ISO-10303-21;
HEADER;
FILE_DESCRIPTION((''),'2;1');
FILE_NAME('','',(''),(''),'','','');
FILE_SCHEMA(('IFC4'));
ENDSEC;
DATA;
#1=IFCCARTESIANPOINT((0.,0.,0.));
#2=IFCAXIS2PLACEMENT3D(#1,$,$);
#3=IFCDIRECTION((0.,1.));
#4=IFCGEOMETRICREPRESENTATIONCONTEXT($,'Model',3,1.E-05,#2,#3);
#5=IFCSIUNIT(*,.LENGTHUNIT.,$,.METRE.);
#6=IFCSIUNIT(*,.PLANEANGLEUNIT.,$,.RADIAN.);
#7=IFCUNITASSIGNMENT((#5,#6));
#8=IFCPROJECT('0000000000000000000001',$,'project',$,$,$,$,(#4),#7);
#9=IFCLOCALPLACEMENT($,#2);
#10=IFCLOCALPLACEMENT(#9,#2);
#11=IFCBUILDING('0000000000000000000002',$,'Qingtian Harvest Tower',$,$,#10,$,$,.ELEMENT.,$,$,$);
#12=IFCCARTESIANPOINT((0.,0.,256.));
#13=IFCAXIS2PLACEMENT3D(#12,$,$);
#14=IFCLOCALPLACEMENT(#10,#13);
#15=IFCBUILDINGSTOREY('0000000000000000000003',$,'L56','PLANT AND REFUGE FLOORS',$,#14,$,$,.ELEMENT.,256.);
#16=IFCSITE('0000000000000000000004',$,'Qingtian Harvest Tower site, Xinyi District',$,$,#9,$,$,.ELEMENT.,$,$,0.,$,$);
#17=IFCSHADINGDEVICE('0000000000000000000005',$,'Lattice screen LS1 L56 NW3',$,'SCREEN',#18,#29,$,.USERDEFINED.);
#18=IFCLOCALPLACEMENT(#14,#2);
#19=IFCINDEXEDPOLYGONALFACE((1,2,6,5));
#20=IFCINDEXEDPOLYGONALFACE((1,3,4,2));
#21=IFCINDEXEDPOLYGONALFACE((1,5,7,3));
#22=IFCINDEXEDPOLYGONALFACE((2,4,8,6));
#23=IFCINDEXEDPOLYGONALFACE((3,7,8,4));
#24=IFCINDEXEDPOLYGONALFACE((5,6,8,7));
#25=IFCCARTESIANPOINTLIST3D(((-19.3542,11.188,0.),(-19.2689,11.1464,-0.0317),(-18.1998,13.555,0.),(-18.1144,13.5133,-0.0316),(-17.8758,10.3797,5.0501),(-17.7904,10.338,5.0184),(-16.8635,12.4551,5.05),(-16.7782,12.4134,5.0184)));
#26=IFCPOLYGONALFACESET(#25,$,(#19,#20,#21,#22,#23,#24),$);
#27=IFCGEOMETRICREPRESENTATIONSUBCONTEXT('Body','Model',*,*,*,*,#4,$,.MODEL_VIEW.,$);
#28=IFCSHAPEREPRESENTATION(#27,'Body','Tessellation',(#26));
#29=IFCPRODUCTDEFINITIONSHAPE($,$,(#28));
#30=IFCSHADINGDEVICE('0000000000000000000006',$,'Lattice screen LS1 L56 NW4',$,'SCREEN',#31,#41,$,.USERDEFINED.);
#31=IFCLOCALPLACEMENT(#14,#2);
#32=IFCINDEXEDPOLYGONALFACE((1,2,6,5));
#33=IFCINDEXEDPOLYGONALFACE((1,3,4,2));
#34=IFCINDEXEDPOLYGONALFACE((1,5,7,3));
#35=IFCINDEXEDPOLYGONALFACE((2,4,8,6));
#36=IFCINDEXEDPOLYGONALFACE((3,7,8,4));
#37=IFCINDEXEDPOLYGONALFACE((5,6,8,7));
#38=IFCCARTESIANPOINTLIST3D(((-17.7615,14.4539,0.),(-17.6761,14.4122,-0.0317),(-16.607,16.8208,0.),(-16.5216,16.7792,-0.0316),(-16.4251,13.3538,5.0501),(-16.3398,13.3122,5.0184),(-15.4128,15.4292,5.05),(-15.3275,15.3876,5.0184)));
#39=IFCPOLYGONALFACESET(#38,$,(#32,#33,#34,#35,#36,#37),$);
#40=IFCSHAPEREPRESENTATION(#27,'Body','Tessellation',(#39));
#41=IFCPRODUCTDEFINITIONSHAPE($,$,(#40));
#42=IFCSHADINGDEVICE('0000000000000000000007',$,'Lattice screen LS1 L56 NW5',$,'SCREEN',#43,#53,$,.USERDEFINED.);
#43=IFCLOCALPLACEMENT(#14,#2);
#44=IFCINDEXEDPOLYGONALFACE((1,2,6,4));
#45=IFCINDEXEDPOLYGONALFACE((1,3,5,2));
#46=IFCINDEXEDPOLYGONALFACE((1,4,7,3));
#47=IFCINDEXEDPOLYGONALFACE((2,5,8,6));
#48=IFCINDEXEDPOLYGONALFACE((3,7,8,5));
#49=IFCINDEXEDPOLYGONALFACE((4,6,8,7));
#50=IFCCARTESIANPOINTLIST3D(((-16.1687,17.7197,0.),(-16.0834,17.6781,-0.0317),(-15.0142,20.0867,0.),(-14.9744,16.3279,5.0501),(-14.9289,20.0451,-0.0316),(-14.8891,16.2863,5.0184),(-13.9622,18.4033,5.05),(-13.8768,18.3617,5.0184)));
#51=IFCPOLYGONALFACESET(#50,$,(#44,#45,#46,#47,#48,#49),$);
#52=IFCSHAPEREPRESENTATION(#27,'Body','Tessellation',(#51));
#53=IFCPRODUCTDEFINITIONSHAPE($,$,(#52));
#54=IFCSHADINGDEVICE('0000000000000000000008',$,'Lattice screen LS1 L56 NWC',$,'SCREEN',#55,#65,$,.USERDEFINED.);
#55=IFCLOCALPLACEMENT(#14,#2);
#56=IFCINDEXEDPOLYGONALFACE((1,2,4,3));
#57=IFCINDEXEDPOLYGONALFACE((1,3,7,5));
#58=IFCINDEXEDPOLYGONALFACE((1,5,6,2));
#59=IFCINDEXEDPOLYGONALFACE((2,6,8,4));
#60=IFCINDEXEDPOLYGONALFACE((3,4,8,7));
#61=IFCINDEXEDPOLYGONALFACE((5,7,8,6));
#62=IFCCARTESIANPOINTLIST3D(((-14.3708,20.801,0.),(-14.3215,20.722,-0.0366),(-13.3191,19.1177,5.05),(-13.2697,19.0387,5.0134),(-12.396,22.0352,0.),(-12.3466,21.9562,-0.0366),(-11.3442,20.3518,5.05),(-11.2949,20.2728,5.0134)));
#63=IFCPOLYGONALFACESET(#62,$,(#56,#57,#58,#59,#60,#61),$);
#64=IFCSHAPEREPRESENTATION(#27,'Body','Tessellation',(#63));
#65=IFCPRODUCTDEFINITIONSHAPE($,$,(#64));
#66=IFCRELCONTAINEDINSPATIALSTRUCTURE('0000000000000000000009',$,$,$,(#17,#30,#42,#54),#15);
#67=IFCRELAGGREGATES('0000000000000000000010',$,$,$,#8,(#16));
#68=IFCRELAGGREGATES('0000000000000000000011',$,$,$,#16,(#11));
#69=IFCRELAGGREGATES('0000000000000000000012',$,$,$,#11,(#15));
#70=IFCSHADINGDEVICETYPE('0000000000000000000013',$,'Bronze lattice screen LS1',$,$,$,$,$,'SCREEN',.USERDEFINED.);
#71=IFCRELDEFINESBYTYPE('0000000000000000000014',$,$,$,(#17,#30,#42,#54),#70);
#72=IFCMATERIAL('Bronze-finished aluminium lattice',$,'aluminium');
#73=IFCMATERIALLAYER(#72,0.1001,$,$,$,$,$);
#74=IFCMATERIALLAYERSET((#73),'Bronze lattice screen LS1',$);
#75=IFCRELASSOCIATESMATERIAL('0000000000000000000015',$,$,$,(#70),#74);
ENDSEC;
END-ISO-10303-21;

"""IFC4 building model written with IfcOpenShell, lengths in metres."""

from ifc_helpers import new_model, si_unit, direction, frame, origin, place, context, subcontext, project, spatial, polyline, outline, extrude, material, layer, layer_set, type_object, element, save


model = new_model("IFC4")

# Units and contexts
model_context = context("Model", 3, precision=1e-05, world=origin(), true_north=direction((0.0, 1.0)))
body_context = subcontext(model_context, "Body", "Model", "MODEL_VIEW")
ifc_project = project(units=[si_unit("LENGTHUNIT", "METRE"), si_unit("PLANEANGLEUNIT", "RADIAN")], contexts=[model_context])

# Site, building, storey
site_placement = place(None, origin())
site = spatial("IfcSite", under=ifc_project, at=site_placement, Name="Qingtian Harvest Tower site, Xinyi District", CompositionType="ELEMENT", RefElevation=0.0)
building_placement = place(site_placement, origin())
building = spatial("IfcBuilding", under=site, at=building_placement, Name="Qingtian Harvest Tower", CompositionType="ELEMENT")
storey_placement = place(building_placement, frame((0.0, 0.0, 256.0)))
storey = spatial("IfcBuildingStorey", under=building, at=storey_placement, Name="L56", Description="PLANT AND REFUGE FLOORS", CompositionType="ELEMENT", Elevation=256.0)

# Shading devices
ifc_material_1 = material(Name="Bronze-finished aluminium lattice", Category="aluminium")
ifc_layer_1 = layer(ifc_material_1, 0.1001)
ifc_layer_set_1 = layer_set([ifc_layer_1], Name="Bronze lattice screen LS1")
shading_device_type = type_object("IfcShadingDeviceType", Name="Bronze lattice screen LS1", ElementType="SCREEN", PredefinedType="USERDEFINED", material=ifc_layer_set_1)
shading_device_1_placement = place(storey_placement, frame((-19.3542, 11.188, 0.0), z_axis=(-0.852676, 0.415888, 0.316197), x_axis=(0.438382, 0.898789, 0.000008)))
element("IfcShadingDevice", 1, at=shading_device_1_placement, inside=storey, type_object=shading_device_type, Name="Lattice screen LS1 L56 NW3", ObjectType="SCREEN", PredefinedType="USERDEFINED", context=body_context, shape_type="SweptSolid", body=[
    extrude(outline(polyline([(0.0, 0.0), (2.6335, 0.0), (2.2308, -5.3231), (-0.0783, -5.3232), (0.0, 0.0)])), origin(), (0.0, 0.0, -1.0), 0.1001),
])
shading_device_2_placement = place(storey_placement, frame((-17.7615, 14.4539, 0.0), z_axis=(-0.852667, 0.415883, 0.316229), x_axis=(0.438382, 0.898789, 0.000008)))
element("IfcShadingDevice", 2, at=shading_device_2_placement, inside=storey, type_object=shading_device_type, Name="Lattice screen LS1 L56 NW4", ObjectType="SCREEN", PredefinedType="USERDEFINED", context=body_context, shape_type="SweptSolid", body=[
    extrude(outline(polyline([(0.0, 0.0), (2.6335, 0.0), (1.9063, -5.3232), (-0.4029, -5.3232), (0.0, 0.0)])), origin(), (0.0, 0.0, -1.0), 0.1001),
])
shading_device_3_placement = place(storey_placement, frame((-16.1687, 17.7197, 0.0), z_axis=(-0.852657, 0.415879, 0.316261), x_axis=(0.438382, 0.898789, 0.000008)))
element("IfcShadingDevice", 3, at=shading_device_3_placement, inside=storey, type_object=shading_device_type, Name="Lattice screen LS1 L56 NW5", ObjectType="SCREEN", PredefinedType="USERDEFINED", context=body_context, shape_type="SweptSolid", body=[
    extrude(outline(polyline([(0.0, 0.0), (2.6335, 0.0), (1.5818, -5.3233), (-0.7274, -5.3233), (0.0, 0.0)])), origin(), (0.0, 0.0, -1.0), 0.1001),
])
shading_device_4_placement = place(storey_placement, frame((-14.3708, 20.801, 0.0), z_axis=(-0.493222, 0.789252, 0.365806), x_axis=(0.848028, 0.529952, 0.0)))
element("IfcShadingDevice", 4, at=shading_device_4_placement, inside=storey, type_object=shading_device_type, Name="Lattice screen LS1 L56 NWC", ObjectType="SCREEN", PredefinedType="USERDEFINED", context=body_context, shape_type="SweptSolid", body=[
    extrude(outline(polyline([(0.0, 0.0), (2.3288, 0.0), (2.3286, -5.4261), (-0.0002, -5.4261), (0.0, 0.0)])), origin(), (0.0, 0.0, -1.0), 0.1001),
])

save(model, "model.ifc")
